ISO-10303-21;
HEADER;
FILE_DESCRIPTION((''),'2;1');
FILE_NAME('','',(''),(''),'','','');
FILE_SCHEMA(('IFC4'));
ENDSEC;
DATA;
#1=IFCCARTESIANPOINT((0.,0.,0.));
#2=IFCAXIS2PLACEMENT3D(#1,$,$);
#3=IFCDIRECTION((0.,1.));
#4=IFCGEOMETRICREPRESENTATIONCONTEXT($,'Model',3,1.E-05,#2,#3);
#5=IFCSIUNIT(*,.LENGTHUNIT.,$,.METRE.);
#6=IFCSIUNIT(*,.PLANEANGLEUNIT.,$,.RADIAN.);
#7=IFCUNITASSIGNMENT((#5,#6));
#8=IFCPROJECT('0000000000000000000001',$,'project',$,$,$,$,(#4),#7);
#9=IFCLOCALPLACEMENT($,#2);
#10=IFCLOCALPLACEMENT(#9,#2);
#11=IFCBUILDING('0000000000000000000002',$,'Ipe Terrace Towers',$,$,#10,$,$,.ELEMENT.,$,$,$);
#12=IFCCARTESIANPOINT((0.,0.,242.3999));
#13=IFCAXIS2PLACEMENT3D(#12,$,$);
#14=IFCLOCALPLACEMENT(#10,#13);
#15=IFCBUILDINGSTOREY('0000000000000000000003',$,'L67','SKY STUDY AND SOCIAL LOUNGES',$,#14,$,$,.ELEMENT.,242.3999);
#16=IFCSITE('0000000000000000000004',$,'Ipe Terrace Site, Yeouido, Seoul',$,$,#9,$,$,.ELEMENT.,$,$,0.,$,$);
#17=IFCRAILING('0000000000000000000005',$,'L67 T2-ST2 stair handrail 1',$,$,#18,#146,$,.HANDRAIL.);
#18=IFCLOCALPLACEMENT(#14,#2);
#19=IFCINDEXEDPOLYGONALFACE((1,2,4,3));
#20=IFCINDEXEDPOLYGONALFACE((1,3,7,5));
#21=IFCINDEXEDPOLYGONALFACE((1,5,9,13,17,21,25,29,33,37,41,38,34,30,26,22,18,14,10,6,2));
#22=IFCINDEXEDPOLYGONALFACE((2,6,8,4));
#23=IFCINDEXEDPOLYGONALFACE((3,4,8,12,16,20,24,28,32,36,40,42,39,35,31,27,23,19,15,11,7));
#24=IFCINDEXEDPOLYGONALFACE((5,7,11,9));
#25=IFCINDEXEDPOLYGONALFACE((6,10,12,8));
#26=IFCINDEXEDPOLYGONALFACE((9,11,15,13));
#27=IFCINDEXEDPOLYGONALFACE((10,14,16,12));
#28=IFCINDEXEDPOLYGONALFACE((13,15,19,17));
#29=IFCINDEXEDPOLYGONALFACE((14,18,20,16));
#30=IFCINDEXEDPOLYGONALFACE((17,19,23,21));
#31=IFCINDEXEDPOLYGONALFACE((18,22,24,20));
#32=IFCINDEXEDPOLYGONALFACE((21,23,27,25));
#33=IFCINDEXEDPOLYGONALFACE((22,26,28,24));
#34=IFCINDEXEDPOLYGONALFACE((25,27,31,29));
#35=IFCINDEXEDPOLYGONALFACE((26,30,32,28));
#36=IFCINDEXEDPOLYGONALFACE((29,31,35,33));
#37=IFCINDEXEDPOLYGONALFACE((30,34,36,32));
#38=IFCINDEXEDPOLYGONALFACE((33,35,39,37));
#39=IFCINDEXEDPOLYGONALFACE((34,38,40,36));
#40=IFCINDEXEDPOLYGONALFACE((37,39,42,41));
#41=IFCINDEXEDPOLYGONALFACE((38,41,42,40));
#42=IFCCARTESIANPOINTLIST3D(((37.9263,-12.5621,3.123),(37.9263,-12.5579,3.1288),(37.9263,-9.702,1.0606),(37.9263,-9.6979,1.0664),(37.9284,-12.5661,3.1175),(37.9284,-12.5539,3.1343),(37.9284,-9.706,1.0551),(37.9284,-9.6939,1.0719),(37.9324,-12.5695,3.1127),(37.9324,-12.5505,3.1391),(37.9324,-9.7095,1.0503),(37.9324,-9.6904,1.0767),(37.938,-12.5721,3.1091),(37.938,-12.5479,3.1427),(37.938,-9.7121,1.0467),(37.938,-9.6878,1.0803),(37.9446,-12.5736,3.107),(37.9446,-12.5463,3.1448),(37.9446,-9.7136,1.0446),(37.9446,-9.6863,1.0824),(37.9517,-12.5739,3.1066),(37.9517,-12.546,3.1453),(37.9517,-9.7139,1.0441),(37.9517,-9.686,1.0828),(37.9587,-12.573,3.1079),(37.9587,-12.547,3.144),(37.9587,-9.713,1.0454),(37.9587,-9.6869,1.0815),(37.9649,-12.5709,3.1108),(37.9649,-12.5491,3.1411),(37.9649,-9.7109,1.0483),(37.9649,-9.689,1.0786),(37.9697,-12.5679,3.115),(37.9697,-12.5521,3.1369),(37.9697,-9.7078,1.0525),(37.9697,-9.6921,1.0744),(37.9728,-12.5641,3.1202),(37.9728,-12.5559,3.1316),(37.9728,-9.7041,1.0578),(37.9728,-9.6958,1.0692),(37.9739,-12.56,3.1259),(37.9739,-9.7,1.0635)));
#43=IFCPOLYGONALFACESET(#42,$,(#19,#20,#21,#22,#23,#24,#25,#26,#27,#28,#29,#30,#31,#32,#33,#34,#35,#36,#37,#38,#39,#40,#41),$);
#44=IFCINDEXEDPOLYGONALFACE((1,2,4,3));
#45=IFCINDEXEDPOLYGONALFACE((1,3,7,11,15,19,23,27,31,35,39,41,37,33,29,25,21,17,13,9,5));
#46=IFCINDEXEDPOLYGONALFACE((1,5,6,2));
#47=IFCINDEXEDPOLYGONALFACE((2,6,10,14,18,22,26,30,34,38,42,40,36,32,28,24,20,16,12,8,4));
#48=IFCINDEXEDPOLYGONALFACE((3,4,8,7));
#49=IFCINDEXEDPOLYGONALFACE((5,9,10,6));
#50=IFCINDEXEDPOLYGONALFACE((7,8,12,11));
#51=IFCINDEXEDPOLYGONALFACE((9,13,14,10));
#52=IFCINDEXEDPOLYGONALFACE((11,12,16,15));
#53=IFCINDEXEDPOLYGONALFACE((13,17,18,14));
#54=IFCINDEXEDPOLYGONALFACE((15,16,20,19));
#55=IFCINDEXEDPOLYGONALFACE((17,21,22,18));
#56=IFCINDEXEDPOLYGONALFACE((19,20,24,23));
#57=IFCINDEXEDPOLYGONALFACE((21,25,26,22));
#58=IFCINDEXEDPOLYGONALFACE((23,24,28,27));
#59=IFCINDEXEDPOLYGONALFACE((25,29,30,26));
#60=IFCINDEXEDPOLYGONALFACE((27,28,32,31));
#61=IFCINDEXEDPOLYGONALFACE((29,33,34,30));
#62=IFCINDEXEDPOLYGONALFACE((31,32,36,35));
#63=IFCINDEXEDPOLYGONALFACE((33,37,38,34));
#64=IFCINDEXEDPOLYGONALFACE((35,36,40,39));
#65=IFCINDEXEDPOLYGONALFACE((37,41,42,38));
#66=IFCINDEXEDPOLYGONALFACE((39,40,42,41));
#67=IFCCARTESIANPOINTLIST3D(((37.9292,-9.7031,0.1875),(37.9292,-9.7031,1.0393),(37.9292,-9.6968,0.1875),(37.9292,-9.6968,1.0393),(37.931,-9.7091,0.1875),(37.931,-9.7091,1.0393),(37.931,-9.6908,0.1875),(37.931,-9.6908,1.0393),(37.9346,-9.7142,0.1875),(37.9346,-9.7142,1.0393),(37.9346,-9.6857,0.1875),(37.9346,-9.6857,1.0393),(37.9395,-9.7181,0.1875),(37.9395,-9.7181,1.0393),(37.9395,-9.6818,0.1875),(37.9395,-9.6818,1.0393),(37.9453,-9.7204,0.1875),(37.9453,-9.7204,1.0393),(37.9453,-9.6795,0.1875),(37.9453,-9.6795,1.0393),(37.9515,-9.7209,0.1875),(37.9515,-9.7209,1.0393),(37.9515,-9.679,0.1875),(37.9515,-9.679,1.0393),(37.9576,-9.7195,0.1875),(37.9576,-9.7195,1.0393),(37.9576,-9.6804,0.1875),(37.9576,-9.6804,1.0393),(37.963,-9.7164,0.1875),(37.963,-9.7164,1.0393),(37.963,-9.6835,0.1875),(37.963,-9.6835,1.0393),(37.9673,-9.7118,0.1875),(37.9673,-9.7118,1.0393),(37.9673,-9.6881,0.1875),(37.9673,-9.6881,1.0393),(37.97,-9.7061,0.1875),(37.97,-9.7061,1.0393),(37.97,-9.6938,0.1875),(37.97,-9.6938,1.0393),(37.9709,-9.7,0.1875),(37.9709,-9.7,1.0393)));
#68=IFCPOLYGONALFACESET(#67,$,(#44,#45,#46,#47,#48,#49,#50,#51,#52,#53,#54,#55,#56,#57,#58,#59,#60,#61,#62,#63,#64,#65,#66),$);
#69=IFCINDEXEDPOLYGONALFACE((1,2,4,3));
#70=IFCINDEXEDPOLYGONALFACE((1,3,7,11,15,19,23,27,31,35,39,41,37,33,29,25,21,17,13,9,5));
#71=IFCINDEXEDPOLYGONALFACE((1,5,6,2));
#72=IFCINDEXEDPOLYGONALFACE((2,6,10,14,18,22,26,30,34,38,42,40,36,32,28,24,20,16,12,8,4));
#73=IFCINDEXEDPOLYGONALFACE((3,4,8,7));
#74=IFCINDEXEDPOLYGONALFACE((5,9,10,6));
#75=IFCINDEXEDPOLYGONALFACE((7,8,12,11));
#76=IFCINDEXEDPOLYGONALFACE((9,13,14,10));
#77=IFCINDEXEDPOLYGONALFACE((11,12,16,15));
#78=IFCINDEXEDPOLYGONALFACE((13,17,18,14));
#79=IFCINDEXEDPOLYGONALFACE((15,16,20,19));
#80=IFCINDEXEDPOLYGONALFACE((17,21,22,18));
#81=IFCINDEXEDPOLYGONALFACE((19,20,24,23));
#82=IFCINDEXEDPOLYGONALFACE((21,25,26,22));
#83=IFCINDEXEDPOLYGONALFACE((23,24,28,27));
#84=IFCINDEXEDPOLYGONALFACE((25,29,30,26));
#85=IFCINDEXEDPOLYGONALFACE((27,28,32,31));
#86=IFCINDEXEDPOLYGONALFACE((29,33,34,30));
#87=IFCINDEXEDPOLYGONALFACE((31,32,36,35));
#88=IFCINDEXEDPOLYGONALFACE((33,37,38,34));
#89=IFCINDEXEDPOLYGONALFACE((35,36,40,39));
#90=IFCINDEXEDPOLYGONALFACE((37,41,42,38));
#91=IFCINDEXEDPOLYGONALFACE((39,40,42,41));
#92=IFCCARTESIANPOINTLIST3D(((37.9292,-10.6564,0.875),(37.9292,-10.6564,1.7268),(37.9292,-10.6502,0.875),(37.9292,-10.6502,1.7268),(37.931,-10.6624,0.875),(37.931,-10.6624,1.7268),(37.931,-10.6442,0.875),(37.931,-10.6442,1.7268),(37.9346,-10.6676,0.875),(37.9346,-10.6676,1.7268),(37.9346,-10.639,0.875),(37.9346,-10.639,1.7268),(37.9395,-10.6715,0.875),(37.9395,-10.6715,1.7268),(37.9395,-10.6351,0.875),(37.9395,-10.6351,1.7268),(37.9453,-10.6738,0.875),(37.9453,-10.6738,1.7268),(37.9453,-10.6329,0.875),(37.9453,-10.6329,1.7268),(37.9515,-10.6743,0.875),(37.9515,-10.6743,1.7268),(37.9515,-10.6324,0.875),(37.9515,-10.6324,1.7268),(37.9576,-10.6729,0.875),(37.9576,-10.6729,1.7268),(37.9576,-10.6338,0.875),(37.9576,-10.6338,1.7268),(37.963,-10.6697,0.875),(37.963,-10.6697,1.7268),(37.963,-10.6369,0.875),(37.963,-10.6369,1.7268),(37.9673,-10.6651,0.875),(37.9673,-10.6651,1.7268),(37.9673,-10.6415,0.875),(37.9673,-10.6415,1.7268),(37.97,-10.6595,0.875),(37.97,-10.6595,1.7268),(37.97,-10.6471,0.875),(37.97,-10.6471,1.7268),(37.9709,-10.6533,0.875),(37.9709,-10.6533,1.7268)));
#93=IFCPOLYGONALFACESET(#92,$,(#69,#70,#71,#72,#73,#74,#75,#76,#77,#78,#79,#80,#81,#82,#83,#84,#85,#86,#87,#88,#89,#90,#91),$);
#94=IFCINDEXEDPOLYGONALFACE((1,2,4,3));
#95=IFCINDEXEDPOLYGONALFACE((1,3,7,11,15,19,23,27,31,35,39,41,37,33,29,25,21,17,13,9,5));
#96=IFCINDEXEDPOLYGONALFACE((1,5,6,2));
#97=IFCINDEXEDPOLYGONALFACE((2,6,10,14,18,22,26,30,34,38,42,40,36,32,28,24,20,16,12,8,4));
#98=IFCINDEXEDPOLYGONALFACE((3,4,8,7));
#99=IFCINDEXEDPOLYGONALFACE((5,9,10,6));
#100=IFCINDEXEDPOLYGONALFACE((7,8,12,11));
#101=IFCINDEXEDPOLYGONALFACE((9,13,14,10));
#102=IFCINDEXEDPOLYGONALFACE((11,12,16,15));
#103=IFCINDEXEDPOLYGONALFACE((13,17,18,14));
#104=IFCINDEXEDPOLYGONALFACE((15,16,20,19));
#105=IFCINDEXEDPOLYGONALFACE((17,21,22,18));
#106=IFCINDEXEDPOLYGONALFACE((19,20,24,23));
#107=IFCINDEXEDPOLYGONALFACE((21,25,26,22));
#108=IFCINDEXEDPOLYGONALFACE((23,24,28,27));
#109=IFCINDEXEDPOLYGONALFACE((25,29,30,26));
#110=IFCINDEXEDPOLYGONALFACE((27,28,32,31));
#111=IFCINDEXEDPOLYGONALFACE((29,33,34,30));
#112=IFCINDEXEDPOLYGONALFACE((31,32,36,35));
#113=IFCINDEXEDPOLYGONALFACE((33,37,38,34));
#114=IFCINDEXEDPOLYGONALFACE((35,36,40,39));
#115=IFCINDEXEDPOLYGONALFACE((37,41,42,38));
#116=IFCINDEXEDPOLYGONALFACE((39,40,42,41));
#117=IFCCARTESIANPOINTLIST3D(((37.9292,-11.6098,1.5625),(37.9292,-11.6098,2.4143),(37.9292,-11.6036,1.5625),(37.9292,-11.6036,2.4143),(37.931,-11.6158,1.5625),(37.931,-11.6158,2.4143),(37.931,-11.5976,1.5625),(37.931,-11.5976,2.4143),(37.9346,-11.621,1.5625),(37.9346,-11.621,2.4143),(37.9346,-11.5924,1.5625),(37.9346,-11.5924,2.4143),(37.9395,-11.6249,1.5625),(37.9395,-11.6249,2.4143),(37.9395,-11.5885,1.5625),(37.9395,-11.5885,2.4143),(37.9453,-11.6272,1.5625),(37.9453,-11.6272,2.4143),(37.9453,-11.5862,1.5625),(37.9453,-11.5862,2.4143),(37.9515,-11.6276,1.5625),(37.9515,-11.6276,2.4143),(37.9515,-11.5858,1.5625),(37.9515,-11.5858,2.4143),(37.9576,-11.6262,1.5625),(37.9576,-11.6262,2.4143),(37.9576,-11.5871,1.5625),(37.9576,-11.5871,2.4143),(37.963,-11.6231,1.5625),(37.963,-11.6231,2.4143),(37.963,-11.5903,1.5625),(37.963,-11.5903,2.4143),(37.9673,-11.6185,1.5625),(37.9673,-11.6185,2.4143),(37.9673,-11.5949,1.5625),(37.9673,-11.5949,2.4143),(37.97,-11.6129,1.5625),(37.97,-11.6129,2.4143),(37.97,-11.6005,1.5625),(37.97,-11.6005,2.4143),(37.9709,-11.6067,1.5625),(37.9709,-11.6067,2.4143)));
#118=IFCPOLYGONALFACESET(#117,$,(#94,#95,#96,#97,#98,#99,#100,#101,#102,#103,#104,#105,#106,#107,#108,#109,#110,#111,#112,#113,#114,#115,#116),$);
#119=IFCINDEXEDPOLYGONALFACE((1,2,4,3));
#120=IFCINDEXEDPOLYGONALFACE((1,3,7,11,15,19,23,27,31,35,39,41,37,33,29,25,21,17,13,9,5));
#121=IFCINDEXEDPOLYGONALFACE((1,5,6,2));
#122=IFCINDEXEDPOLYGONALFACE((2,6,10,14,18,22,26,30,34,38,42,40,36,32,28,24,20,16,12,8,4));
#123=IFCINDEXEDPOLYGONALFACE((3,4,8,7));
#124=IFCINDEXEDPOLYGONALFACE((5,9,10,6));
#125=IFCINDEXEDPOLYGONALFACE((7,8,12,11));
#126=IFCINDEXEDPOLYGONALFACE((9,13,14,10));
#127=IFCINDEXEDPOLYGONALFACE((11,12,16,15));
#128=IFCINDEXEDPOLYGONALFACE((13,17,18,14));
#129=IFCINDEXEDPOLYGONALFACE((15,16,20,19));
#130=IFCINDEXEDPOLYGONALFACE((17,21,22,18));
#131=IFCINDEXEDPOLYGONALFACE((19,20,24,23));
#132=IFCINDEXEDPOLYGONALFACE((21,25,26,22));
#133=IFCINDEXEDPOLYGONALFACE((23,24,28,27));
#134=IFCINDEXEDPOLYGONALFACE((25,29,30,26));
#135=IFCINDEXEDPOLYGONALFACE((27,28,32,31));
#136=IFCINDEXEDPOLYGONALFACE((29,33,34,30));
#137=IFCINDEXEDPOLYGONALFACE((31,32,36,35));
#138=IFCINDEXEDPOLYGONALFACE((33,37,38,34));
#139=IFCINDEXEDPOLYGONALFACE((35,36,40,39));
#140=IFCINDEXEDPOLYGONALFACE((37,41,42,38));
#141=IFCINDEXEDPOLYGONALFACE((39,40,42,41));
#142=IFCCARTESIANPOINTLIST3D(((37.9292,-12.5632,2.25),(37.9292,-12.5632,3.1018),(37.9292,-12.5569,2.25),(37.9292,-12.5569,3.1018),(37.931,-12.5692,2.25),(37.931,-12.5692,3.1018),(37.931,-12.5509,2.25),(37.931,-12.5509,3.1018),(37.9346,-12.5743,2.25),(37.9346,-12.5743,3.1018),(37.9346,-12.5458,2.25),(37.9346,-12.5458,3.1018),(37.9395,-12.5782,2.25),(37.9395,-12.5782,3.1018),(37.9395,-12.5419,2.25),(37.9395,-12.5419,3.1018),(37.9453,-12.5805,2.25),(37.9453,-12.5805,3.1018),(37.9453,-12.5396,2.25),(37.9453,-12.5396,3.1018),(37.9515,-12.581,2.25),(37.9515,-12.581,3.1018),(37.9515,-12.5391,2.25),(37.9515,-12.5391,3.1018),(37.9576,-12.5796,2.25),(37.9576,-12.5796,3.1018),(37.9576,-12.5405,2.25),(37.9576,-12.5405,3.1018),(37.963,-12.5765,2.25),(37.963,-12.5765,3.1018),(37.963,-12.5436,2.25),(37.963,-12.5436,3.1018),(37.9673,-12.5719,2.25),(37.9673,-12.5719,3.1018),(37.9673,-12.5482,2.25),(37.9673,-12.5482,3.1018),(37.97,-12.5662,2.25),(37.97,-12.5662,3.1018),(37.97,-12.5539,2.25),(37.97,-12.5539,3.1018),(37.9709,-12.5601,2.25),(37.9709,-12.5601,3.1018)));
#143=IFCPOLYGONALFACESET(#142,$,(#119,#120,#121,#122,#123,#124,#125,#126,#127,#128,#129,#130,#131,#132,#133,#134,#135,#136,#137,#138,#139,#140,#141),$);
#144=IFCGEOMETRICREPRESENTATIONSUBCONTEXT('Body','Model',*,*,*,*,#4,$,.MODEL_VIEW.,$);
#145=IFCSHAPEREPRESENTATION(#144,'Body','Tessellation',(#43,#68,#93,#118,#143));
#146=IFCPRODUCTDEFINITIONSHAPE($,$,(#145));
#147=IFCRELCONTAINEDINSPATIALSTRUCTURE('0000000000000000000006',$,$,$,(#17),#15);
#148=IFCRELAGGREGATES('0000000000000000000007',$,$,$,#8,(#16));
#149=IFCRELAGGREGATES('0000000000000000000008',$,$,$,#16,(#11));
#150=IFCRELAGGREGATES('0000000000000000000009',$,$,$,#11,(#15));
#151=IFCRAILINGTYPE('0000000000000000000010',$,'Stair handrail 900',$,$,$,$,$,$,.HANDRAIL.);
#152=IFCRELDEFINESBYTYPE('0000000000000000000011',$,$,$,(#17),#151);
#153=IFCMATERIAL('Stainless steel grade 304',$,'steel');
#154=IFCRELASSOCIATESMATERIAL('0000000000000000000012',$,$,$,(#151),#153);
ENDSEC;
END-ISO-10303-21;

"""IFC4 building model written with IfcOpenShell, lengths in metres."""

from ifc_helpers import new_model, si_unit, direction, frame, origin, origin_2d, place, context, subcontext, project, spatial, circle, extrude, material, type_object, element, save


model = new_model("IFC4")

# Units and contexts
model_context = context("Model", 3, precision=1e-05, world=origin(), true_north=direction((0.0, 1.0)))
body_context = subcontext(model_context, "Body", "Model", "MODEL_VIEW")
ifc_project = project(units=[si_unit("LENGTHUNIT", "METRE"), si_unit("PLANEANGLEUNIT", "RADIAN")], contexts=[model_context])

# Site, building, storey
site_placement = place(None, origin())
site = spatial("IfcSite", under=ifc_project, at=site_placement, Name="Ipe Terrace Site, Yeouido, Seoul", CompositionType="ELEMENT", RefElevation=0.0)
building_placement = place(site_placement, origin())
building = spatial("IfcBuilding", under=site, at=building_placement, Name="Ipe Terrace Towers", CompositionType="ELEMENT")
storey_placement = place(building_placement, frame((0.0, 0.0, 242.3999)))
storey = spatial("IfcBuildingStorey", under=building, at=storey_placement, Name="L67", Description="SKY STUDY AND SOCIAL LOUNGES", CompositionType="ELEMENT", Elevation=242.3999)

# Railing
ifc_material_1 = material(Name="Stainless steel grade 304", Category="steel")
railing_type_1 = type_object("IfcRailingType", Name="Stair handrail 900", PredefinedType="HANDRAIL", material=ifc_material_1)
railing_1_placement = place(storey_placement, frame((37.95, -9.7, 0.1875)))
element("IfcRailing", 1, at=railing_1_placement, inside=storey, type_object=railing_type_1, Name="L67 T2-ST2 stair handrail 1", PredefinedType="HANDRAIL", context=body_context, shape_type="SweptSolid", body=[
    extrude(circle(Radius=0.0239, at=origin_2d()), frame((0.0, 0.0, 0.876), z_axis=(0.0, -0.811101, 0.584906), x_axis=(1.0, 0.0, 0.0)), (0.0, 0.0, 1.0), 3.5261),
    extrude(circle(Radius=0.021, at=origin_2d()), origin(), (0.0, 0.0, 1.0), 0.8518),
    extrude(circle(Radius=0.021, at=origin_2d()), frame((0.0, -0.9534, 0.6875)), (0.0, 0.0, 1.0), 0.8518),
    extrude(circle(Radius=0.021, at=origin_2d()), frame((0.0, -1.9067, 1.375)), (0.0, 0.0, 1.0), 0.8518),
    extrude(circle(Radius=0.021, at=origin_2d()), frame((0.0, -2.8601, 2.0625)), (0.0, 0.0, 1.0), 0.8518),
])

save(model, "model.ifc")
